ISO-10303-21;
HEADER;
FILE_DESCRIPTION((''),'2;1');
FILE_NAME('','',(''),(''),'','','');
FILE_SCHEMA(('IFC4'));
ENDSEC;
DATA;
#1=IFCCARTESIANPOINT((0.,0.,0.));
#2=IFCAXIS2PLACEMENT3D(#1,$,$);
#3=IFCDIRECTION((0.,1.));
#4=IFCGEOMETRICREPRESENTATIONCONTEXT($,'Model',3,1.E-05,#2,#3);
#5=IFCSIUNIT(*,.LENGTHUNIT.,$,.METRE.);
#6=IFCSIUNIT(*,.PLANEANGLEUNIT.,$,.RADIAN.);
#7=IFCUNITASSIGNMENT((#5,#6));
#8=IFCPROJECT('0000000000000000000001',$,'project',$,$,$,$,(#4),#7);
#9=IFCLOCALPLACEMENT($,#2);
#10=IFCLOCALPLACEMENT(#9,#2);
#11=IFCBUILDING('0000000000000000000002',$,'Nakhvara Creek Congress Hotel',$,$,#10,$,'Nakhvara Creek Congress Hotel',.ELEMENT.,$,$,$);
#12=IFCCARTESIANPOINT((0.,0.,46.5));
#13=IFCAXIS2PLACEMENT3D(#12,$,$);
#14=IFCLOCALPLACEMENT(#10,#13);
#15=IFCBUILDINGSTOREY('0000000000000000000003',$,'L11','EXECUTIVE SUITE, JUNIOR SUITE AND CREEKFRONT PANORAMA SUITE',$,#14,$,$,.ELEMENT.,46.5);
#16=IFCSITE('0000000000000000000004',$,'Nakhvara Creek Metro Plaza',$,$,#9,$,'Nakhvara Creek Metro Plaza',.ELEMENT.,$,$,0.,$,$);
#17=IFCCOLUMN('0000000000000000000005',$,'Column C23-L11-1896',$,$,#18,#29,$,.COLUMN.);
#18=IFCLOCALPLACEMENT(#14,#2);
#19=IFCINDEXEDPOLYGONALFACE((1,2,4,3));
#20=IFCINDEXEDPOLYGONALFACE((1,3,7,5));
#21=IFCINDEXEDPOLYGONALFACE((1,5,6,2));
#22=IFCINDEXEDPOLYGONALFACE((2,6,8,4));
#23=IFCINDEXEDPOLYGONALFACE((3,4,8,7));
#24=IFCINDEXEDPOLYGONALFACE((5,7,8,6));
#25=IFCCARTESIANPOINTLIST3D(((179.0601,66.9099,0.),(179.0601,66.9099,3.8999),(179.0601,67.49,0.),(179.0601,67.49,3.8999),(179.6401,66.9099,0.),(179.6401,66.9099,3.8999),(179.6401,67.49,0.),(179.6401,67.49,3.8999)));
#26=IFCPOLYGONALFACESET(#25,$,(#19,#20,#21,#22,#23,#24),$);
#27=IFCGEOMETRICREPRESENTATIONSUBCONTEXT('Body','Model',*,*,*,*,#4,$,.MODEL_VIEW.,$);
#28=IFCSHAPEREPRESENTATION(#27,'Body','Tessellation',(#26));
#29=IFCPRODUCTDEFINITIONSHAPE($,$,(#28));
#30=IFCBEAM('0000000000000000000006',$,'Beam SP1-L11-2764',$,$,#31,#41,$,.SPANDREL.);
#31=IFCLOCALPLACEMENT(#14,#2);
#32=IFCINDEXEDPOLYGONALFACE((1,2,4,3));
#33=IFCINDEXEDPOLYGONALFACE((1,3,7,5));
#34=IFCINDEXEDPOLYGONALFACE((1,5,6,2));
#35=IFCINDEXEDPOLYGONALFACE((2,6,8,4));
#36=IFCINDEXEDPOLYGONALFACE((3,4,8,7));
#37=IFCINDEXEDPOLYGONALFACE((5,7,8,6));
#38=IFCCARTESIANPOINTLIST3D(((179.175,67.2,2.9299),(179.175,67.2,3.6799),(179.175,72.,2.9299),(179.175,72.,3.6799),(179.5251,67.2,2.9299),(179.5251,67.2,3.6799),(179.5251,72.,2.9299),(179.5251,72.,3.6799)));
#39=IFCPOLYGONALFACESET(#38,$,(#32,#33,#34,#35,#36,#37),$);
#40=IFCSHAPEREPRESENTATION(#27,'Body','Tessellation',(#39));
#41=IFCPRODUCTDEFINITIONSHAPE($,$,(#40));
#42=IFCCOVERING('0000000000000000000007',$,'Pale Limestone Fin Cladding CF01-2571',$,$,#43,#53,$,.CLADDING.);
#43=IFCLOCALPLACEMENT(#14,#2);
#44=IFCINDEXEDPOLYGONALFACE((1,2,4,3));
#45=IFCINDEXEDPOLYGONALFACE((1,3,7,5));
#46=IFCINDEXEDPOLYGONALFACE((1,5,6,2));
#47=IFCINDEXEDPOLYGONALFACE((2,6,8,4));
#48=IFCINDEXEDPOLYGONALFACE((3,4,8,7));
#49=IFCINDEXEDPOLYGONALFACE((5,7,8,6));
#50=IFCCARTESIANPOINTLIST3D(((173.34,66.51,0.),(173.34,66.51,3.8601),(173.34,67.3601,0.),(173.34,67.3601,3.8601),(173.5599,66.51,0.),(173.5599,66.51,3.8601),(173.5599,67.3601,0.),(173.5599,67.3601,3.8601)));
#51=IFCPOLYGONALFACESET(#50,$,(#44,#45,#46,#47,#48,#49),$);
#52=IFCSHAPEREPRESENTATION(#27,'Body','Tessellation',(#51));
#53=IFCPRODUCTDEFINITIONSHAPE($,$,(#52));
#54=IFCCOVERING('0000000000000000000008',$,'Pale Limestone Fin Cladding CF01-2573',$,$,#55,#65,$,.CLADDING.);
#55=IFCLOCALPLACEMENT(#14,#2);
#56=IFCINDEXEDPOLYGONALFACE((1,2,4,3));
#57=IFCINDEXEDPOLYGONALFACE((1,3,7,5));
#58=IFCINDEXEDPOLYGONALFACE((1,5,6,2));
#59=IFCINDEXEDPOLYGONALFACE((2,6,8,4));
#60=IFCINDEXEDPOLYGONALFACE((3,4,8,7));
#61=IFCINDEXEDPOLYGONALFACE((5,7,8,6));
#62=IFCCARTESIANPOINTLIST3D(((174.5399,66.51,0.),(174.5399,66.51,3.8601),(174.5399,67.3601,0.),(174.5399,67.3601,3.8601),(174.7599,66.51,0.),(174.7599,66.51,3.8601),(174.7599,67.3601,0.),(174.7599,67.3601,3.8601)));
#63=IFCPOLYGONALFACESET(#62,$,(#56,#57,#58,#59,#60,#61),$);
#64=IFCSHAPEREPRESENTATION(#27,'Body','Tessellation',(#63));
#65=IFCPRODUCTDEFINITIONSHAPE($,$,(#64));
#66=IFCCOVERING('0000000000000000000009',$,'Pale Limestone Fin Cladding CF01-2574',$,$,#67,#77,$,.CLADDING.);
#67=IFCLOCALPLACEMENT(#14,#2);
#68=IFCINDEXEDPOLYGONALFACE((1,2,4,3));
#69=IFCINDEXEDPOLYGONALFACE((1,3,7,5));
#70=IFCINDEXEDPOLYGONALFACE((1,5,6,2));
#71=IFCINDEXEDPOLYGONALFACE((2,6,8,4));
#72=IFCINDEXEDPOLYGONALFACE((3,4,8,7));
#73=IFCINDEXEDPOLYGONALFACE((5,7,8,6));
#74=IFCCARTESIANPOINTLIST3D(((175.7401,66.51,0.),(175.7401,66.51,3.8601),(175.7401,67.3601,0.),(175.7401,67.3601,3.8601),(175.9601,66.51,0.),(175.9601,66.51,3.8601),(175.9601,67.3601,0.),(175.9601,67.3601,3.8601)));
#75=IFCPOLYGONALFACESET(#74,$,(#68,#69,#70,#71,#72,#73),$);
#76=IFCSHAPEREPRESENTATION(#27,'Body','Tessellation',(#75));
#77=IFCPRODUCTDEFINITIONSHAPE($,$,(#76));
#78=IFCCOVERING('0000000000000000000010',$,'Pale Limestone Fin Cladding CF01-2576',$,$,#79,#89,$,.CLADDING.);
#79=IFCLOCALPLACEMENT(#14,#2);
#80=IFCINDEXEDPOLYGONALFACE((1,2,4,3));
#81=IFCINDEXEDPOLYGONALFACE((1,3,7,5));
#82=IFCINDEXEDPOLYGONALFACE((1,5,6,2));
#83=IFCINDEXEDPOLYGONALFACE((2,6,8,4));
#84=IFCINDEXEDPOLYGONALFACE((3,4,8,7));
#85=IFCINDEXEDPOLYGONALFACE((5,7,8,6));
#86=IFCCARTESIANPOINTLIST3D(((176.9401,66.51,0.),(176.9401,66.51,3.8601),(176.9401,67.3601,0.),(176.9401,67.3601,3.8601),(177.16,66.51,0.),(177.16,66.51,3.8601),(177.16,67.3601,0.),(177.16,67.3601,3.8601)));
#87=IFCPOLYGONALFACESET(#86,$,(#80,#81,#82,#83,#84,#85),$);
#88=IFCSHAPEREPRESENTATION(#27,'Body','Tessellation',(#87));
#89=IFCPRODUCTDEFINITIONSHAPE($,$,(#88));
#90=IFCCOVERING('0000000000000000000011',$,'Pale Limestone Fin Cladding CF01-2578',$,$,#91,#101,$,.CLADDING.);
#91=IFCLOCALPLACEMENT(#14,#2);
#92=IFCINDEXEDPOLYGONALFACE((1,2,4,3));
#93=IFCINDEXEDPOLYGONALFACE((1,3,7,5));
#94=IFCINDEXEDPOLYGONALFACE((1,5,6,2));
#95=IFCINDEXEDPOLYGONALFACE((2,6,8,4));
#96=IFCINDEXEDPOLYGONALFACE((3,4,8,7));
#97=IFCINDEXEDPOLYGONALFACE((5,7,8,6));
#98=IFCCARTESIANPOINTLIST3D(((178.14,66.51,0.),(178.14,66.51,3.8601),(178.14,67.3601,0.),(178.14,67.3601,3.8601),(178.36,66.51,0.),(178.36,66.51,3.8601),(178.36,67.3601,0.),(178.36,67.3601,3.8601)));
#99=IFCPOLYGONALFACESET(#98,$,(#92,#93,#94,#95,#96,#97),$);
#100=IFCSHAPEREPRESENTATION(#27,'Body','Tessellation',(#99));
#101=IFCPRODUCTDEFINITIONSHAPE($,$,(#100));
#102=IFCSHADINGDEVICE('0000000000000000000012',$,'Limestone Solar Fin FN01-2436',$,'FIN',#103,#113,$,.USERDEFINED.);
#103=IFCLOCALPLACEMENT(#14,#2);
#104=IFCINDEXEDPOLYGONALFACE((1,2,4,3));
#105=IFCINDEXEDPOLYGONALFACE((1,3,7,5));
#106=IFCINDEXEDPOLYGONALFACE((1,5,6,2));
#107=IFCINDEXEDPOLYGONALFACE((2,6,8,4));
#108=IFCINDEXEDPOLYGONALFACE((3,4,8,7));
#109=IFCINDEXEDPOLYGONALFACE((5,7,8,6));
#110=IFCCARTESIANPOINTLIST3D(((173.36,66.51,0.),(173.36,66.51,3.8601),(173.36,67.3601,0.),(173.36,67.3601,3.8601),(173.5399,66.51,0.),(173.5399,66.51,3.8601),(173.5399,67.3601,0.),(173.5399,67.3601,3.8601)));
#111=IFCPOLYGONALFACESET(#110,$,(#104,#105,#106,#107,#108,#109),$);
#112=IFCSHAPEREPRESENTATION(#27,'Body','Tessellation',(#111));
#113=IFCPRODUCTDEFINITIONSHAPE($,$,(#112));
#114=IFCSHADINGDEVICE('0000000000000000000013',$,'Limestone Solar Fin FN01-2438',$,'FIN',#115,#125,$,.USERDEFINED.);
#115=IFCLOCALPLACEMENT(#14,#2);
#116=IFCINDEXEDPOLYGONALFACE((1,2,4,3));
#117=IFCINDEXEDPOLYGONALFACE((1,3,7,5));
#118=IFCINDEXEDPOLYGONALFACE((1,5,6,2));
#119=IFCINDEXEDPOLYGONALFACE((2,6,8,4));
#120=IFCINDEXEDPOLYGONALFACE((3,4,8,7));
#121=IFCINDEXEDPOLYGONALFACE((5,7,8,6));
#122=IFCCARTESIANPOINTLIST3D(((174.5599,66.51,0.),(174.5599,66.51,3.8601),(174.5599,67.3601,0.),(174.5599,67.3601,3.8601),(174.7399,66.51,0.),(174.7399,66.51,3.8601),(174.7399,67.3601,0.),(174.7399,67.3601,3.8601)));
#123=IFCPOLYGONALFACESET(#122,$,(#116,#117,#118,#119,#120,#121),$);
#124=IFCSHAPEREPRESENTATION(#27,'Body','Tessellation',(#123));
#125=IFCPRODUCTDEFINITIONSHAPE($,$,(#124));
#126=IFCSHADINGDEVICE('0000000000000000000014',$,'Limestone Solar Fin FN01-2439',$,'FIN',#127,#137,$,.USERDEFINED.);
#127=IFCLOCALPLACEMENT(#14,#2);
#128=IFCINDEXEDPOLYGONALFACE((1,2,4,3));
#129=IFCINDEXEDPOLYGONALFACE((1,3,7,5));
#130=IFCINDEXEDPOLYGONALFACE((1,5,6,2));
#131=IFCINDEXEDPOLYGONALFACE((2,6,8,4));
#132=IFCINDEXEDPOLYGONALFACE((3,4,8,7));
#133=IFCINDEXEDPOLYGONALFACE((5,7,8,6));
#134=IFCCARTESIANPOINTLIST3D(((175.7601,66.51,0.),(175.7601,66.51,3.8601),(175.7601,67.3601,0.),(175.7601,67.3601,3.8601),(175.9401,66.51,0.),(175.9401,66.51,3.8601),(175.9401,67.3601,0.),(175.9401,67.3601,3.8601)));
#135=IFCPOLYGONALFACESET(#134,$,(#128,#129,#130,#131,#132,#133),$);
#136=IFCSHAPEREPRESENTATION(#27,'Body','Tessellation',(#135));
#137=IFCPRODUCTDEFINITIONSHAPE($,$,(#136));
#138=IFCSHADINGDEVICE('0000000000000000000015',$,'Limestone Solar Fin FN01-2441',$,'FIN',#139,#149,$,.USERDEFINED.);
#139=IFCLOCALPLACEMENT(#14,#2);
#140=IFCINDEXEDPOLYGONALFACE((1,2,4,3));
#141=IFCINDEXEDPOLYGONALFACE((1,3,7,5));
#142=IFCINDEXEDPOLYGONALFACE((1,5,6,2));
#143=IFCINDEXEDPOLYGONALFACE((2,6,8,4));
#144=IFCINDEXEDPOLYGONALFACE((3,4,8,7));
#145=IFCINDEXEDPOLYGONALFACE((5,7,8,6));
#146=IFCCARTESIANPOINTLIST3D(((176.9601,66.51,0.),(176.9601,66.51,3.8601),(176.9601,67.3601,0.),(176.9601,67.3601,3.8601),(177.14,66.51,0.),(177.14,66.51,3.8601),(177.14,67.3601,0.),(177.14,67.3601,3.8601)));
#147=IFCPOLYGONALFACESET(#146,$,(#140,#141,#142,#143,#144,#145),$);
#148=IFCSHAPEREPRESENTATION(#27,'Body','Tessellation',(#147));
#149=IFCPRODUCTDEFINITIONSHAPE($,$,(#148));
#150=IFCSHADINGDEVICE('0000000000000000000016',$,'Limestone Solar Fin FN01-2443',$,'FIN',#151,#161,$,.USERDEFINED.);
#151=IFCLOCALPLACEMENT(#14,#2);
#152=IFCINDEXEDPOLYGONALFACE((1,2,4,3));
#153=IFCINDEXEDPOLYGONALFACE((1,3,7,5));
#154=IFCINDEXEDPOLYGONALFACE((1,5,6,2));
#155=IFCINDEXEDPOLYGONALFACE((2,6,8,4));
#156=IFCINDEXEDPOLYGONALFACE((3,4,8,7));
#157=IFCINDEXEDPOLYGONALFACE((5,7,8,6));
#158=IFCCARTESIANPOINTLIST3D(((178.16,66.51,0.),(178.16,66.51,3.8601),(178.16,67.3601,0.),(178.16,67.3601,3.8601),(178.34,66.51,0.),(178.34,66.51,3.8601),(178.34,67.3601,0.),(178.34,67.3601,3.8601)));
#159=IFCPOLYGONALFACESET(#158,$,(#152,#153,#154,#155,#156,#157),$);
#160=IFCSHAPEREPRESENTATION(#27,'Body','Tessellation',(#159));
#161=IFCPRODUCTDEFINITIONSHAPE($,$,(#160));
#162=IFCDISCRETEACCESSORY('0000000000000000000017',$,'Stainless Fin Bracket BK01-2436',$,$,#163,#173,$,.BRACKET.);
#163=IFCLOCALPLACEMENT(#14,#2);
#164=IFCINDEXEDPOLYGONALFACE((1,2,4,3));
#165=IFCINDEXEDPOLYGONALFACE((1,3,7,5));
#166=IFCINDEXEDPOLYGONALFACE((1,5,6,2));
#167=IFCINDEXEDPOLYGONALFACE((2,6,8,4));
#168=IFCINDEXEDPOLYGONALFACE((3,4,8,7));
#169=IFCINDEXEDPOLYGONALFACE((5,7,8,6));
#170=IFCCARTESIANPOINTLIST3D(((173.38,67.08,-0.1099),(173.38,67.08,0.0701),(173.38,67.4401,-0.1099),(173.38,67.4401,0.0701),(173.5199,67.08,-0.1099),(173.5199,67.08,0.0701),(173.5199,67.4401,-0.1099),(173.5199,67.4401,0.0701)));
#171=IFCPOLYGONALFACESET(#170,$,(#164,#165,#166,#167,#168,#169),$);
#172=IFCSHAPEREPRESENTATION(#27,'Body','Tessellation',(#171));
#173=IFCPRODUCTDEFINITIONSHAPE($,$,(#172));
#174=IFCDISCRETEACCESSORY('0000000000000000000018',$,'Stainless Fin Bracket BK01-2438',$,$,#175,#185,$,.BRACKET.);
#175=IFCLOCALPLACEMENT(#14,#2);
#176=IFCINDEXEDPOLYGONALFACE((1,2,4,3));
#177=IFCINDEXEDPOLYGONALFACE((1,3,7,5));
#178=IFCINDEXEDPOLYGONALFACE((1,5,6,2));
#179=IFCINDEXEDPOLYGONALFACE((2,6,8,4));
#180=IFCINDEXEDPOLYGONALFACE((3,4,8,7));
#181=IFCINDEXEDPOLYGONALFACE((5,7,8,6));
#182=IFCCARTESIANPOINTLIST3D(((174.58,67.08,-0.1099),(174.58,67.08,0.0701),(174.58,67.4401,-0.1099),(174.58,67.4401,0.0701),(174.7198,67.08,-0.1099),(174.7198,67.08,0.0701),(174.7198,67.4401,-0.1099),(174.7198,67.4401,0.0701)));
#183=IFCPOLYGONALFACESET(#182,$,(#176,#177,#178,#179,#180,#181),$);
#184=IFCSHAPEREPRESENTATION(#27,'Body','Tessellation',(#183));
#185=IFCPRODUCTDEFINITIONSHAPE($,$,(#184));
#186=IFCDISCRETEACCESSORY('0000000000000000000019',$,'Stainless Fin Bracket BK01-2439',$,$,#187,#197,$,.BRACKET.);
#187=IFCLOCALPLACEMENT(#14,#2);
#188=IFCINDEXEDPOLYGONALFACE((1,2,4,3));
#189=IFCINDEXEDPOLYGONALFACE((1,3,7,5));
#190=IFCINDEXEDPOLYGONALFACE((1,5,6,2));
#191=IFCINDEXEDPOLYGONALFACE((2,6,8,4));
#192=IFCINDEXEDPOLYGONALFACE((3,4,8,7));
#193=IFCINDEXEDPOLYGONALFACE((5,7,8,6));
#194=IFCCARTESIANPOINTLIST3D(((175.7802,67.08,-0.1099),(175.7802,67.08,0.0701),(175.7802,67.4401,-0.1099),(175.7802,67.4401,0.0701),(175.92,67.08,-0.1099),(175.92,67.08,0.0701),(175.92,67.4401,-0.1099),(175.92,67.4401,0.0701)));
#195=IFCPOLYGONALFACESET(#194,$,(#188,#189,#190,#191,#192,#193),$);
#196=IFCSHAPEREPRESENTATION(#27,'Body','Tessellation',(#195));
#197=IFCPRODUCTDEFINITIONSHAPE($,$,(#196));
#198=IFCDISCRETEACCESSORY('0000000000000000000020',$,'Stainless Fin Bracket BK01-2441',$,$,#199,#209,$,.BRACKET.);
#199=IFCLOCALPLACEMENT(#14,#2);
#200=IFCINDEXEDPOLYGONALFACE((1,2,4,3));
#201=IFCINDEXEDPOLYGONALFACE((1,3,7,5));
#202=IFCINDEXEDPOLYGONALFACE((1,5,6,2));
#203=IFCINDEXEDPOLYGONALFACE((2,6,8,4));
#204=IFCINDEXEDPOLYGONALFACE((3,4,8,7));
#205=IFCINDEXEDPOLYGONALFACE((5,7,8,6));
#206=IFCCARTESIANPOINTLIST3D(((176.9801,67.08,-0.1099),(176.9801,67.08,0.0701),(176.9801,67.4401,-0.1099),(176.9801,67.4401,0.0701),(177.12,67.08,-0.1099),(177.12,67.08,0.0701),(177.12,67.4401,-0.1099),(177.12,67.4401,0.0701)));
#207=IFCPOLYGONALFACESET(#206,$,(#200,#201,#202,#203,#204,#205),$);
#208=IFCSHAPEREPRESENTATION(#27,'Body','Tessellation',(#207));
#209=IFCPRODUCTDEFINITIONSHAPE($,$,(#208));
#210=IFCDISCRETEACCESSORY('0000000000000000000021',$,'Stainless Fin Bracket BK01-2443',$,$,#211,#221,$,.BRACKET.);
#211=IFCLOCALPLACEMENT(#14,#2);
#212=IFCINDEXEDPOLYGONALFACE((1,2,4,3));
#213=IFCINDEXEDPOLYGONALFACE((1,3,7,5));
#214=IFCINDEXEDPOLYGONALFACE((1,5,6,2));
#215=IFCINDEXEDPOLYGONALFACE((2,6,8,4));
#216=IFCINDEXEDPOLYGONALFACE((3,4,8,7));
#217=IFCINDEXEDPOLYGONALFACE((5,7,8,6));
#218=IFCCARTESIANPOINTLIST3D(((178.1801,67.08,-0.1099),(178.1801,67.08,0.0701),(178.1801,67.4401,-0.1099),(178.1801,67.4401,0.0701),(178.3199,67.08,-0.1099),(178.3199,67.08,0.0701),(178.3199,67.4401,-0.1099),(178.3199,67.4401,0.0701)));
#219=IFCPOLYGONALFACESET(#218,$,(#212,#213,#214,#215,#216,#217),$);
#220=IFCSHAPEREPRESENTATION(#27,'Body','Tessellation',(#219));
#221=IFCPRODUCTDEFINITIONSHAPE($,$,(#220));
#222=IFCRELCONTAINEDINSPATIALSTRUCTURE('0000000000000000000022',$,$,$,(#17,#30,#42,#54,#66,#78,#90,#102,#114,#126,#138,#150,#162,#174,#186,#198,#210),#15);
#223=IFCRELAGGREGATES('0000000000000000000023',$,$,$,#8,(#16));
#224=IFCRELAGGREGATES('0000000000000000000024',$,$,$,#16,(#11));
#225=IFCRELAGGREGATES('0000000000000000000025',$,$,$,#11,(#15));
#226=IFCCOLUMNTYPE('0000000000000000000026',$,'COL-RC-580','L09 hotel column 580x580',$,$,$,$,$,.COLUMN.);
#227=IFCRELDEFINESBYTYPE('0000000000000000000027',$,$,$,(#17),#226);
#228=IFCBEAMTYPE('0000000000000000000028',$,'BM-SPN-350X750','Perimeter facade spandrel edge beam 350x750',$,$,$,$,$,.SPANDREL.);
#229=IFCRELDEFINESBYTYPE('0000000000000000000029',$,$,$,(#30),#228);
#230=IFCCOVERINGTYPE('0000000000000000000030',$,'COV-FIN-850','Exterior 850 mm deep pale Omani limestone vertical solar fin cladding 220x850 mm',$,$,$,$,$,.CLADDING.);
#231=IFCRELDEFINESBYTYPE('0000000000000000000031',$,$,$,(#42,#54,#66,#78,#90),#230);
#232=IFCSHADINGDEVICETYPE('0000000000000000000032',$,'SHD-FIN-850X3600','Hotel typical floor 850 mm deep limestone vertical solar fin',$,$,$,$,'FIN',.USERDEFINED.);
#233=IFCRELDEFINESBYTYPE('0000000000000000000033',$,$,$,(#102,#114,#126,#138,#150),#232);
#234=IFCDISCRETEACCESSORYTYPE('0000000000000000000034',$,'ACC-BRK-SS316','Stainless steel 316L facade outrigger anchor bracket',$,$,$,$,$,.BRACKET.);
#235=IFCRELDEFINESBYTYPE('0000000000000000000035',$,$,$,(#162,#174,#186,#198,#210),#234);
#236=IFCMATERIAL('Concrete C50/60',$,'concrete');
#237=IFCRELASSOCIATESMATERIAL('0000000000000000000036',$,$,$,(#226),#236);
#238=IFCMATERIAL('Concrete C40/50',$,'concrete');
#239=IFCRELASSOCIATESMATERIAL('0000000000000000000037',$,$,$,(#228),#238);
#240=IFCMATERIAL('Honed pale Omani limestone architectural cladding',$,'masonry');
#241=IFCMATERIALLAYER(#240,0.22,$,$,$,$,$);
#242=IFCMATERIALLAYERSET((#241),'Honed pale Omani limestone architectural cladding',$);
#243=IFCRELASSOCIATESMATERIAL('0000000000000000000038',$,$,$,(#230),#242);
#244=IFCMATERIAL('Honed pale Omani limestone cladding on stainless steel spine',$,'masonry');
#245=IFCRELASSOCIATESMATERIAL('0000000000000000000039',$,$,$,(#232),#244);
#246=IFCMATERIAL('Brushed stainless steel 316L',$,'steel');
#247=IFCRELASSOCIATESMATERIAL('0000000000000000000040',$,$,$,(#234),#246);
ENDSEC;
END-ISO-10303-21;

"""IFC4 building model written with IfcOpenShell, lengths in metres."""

from ifc_helpers import new_model, si_unit, direction, frame, origin, origin_2d, place, context, subcontext, project, spatial, rectangle, extrude, material, layer, layer_set, material_profile, profile_set, type_object, element, save


model = new_model("IFC4")

# Units and contexts
model_context = context("Model", 3, precision=1e-05, world=origin(), true_north=direction((0.0, 1.0)))
body_context = subcontext(model_context, "Body", "Model", "MODEL_VIEW")
ifc_project = project(units=[si_unit("LENGTHUNIT", "METRE"), si_unit("PLANEANGLEUNIT", "RADIAN")], contexts=[model_context])

# Site, building, storey
site_placement = place(None, origin())
site = spatial("IfcSite", under=ifc_project, at=site_placement, Name="Nakhvara Creek Metro Plaza", LongName="Nakhvara Creek Metro Plaza", CompositionType="ELEMENT", RefElevation=0.0)
building_placement = place(site_placement, origin())
building = spatial("IfcBuilding", under=site, at=building_placement, Name="Nakhvara Creek Congress Hotel", LongName="Nakhvara Creek Congress Hotel", CompositionType="ELEMENT")
storey_placement = place(building_placement, frame((0.0, 0.0, 46.5)))
storey = spatial("IfcBuildingStorey", under=building, at=storey_placement, Name="L11", Description="EXECUTIVE SUITE, JUNIOR SUITE AND CREEKFRONT PANORAMA SUITE", CompositionType="ELEMENT", Elevation=46.5)

# Column
ifc_material_1 = material(Name="Concrete C50/60", Category="concrete")
ifc_material_profile_1 = material_profile(ifc_material_1, rectangle(XDim=0.5801, YDim=0.5801, at=origin_2d()), Name="RC-COL 580x580", Category="LoadBearing")
ifc_profile_set_1 = profile_set([ifc_material_profile_1], Name="Concrete C50/60")
column_type = type_object("IfcColumnType", Name="COL-RC-580", Description="L09 hotel column 580x580", PredefinedType="COLUMN", material=ifc_profile_set_1)
column_placement = place(storey_placement, frame((179.3501, 67.2, 0.0), z_axis=(0.0, 0.0, 1.0), x_axis=(1.0, 0.0, 0.0)))
element("IfcColumn", 1, at=column_placement, inside=storey, type_object=column_type, Name="Column C23-L11-1896", PredefinedType="COLUMN", context=body_context, shape_type="SweptSolid", body=[
    extrude(rectangle(XDim=0.5801, YDim=0.5801, at=origin_2d()), origin(), (0.0, 0.0, 1.0), 3.8999),
])

# Beam
ifc_material_2 = material(Name="Concrete C40/50", Category="concrete")
ifc_material_profile_2 = material_profile(ifc_material_2, rectangle(XDim=0.3501, YDim=0.75, at=origin_2d()), Name="RC-SPANDREL 350x750", Category="LoadBearing")
ifc_profile_set_2 = profile_set([ifc_material_profile_2], Name="Concrete C40/50")
beam_type = type_object("IfcBeamType", Name="BM-SPN-350X750", Description="Perimeter facade spandrel edge beam 350x750", PredefinedType="SPANDREL", material=ifc_profile_set_2)
beam_placement = place(storey_placement, frame((179.3501, 67.2, 3.3049), z_axis=(0.0, 1.0, 0.0), x_axis=(-1.0, 0.0, 0.0)))
element("IfcBeam", 2, at=beam_placement, inside=storey, type_object=beam_type, Name="Beam SP1-L11-2764", PredefinedType="SPANDREL", context=body_context, shape_type="SweptSolid", body=[
    extrude(rectangle(XDim=0.3501, YDim=0.75, at=origin_2d()), origin(), (0.0, 0.0, 1.0), 4.8),
])

# Coverings
ifc_material_3 = material(Name="Honed pale Omani limestone architectural cladding", Category="masonry")
ifc_layer = layer(ifc_material_3, 0.22)
ifc_layer_set = layer_set([ifc_layer], Name="Honed pale Omani limestone architectural cladding")
covering_type = type_object("IfcCoveringType", Name="COV-FIN-850", Description="Exterior 850 mm deep pale Omani limestone vertical solar fin cladding 220x850 mm", PredefinedType="CLADDING", material=ifc_layer_set)
for number, where, z_axis, x_axis, name in (
    (3, (173.45, 66.9351, 0.0), (0.0, 0.0, 1.0), (1.0, 0.0, 0.0), "Pale Limestone Fin Cladding CF01-2571"),
    (4, (174.6499, 66.9351, 0.0), (0.0, 0.0, 1.0), (1.0, 0.0, 0.0), "Pale Limestone Fin Cladding CF01-2573"),
    (5, (175.8501, 66.9351, 0.0), (0.0, 0.0, 1.0), (1.0, 0.0, 0.0), "Pale Limestone Fin Cladding CF01-2574"),
    (6, (177.05, 66.9351, 0.0), (0.0, 0.0, 1.0), (1.0, 0.0, 0.0), "Pale Limestone Fin Cladding CF01-2576"),
    (7, (178.25, 66.9351, 0.0), (0.0, 0.0, 1.0), (1.0, 0.0, 0.0), "Pale Limestone Fin Cladding CF01-2578"),
):
    element("IfcCovering", number, at=place(storey_placement, frame(where, z_axis=z_axis, x_axis=x_axis)), inside=storey, type_object=covering_type, Name=name, PredefinedType="CLADDING", context=body_context, shape_type="SweptSolid", body=[
        extrude(rectangle(XDim=0.22, YDim=0.8501, at=origin_2d()), origin(), (0.0, 0.0, 1.0), 3.8601),
    ])

# Shading devices
ifc_material_4 = material(Name="Honed pale Omani limestone cladding on stainless steel spine", Category="masonry")
shading_device_type = type_object("IfcShadingDeviceType", Name="SHD-FIN-850X3600", Description="Hotel typical floor 850 mm deep limestone vertical solar fin", ElementType="FIN", PredefinedType="USERDEFINED", material=ifc_material_4)
for number, where, z_axis, x_axis, name in (
    (8, (173.45, 66.9351, 0.0), (0.0, 0.0, 1.0), (1.0, 0.0, 0.0), "Limestone Solar Fin FN01-2436"),
    (9, (174.6499, 66.9351, 0.0), (0.0, 0.0, 1.0), (1.0, 0.0, 0.0), "Limestone Solar Fin FN01-2438"),
    (10, (175.8501, 66.9351, 0.0), (0.0, 0.0, 1.0), (1.0, 0.0, 0.0), "Limestone Solar Fin FN01-2439"),
    (11, (177.05, 66.9351, 0.0), (0.0, 0.0, 1.0), (1.0, 0.0, 0.0), "Limestone Solar Fin FN01-2441"),
    (12, (178.25, 66.9351, 0.0), (0.0, 0.0, 1.0), (1.0, 0.0, 0.0), "Limestone Solar Fin FN01-2443"),
):
    element("IfcShadingDevice", number, at=place(storey_placement, frame(where, z_axis=z_axis, x_axis=x_axis)), inside=storey, type_object=shading_device_type, Name=name, ObjectType="FIN", PredefinedType="USERDEFINED", context=body_context, shape_type="SweptSolid", body=[
        extrude(rectangle(XDim=0.1799, YDim=0.8501, at=origin_2d()), origin(), (0.0, 0.0, 1.0), 3.8601),
    ])

# Discrete accessories
ifc_material_5 = material(Name="Brushed stainless steel 316L", Category="steel")
discrete_accessory_type = type_object("IfcDiscreteAccessoryType", Name="ACC-BRK-SS316", Description="Stainless steel 316L facade outrigger anchor bracket", PredefinedType="BRACKET", material=ifc_material_5)
for number, where, z_axis, x_axis, name in (
    (13, (173.45, 67.26, -0.1099), (0.0, 0.0, 1.0), (1.0, 0.0, 0.0), "Stainless Fin Bracket BK01-2436"),
    (14, (174.6499, 67.26, -0.1099), (0.0, 0.0, 1.0), (1.0, 0.0, 0.0), "Stainless Fin Bracket BK01-2438"),
    (15, (175.8501, 67.26, -0.1099), (0.0, 0.0, 1.0), (1.0, 0.0, 0.0), "Stainless Fin Bracket BK01-2439"),
    (16, (177.05, 67.26, -0.1099), (0.0, 0.0, 1.0), (1.0, 0.0, 0.0), "Stainless Fin Bracket BK01-2441"),
    (17, (178.25, 67.26, -0.1099), (0.0, 0.0, 1.0), (1.0, 0.0, 0.0), "Stainless Fin Bracket BK01-2443"),
):
    element("IfcDiscreteAccessory", number, at=place(storey_placement, frame(where, z_axis=z_axis, x_axis=x_axis)), inside=storey, type_object=discrete_accessory_type, Name=name, PredefinedType="BRACKET", context=body_context, shape_type="SweptSolid", body=[
        extrude(rectangle(XDim=0.1399, YDim=0.3601, at=origin_2d()), origin(), (0.0, 0.0, 1.0), 0.1799),
    ])

save(model, "model.ifc")
